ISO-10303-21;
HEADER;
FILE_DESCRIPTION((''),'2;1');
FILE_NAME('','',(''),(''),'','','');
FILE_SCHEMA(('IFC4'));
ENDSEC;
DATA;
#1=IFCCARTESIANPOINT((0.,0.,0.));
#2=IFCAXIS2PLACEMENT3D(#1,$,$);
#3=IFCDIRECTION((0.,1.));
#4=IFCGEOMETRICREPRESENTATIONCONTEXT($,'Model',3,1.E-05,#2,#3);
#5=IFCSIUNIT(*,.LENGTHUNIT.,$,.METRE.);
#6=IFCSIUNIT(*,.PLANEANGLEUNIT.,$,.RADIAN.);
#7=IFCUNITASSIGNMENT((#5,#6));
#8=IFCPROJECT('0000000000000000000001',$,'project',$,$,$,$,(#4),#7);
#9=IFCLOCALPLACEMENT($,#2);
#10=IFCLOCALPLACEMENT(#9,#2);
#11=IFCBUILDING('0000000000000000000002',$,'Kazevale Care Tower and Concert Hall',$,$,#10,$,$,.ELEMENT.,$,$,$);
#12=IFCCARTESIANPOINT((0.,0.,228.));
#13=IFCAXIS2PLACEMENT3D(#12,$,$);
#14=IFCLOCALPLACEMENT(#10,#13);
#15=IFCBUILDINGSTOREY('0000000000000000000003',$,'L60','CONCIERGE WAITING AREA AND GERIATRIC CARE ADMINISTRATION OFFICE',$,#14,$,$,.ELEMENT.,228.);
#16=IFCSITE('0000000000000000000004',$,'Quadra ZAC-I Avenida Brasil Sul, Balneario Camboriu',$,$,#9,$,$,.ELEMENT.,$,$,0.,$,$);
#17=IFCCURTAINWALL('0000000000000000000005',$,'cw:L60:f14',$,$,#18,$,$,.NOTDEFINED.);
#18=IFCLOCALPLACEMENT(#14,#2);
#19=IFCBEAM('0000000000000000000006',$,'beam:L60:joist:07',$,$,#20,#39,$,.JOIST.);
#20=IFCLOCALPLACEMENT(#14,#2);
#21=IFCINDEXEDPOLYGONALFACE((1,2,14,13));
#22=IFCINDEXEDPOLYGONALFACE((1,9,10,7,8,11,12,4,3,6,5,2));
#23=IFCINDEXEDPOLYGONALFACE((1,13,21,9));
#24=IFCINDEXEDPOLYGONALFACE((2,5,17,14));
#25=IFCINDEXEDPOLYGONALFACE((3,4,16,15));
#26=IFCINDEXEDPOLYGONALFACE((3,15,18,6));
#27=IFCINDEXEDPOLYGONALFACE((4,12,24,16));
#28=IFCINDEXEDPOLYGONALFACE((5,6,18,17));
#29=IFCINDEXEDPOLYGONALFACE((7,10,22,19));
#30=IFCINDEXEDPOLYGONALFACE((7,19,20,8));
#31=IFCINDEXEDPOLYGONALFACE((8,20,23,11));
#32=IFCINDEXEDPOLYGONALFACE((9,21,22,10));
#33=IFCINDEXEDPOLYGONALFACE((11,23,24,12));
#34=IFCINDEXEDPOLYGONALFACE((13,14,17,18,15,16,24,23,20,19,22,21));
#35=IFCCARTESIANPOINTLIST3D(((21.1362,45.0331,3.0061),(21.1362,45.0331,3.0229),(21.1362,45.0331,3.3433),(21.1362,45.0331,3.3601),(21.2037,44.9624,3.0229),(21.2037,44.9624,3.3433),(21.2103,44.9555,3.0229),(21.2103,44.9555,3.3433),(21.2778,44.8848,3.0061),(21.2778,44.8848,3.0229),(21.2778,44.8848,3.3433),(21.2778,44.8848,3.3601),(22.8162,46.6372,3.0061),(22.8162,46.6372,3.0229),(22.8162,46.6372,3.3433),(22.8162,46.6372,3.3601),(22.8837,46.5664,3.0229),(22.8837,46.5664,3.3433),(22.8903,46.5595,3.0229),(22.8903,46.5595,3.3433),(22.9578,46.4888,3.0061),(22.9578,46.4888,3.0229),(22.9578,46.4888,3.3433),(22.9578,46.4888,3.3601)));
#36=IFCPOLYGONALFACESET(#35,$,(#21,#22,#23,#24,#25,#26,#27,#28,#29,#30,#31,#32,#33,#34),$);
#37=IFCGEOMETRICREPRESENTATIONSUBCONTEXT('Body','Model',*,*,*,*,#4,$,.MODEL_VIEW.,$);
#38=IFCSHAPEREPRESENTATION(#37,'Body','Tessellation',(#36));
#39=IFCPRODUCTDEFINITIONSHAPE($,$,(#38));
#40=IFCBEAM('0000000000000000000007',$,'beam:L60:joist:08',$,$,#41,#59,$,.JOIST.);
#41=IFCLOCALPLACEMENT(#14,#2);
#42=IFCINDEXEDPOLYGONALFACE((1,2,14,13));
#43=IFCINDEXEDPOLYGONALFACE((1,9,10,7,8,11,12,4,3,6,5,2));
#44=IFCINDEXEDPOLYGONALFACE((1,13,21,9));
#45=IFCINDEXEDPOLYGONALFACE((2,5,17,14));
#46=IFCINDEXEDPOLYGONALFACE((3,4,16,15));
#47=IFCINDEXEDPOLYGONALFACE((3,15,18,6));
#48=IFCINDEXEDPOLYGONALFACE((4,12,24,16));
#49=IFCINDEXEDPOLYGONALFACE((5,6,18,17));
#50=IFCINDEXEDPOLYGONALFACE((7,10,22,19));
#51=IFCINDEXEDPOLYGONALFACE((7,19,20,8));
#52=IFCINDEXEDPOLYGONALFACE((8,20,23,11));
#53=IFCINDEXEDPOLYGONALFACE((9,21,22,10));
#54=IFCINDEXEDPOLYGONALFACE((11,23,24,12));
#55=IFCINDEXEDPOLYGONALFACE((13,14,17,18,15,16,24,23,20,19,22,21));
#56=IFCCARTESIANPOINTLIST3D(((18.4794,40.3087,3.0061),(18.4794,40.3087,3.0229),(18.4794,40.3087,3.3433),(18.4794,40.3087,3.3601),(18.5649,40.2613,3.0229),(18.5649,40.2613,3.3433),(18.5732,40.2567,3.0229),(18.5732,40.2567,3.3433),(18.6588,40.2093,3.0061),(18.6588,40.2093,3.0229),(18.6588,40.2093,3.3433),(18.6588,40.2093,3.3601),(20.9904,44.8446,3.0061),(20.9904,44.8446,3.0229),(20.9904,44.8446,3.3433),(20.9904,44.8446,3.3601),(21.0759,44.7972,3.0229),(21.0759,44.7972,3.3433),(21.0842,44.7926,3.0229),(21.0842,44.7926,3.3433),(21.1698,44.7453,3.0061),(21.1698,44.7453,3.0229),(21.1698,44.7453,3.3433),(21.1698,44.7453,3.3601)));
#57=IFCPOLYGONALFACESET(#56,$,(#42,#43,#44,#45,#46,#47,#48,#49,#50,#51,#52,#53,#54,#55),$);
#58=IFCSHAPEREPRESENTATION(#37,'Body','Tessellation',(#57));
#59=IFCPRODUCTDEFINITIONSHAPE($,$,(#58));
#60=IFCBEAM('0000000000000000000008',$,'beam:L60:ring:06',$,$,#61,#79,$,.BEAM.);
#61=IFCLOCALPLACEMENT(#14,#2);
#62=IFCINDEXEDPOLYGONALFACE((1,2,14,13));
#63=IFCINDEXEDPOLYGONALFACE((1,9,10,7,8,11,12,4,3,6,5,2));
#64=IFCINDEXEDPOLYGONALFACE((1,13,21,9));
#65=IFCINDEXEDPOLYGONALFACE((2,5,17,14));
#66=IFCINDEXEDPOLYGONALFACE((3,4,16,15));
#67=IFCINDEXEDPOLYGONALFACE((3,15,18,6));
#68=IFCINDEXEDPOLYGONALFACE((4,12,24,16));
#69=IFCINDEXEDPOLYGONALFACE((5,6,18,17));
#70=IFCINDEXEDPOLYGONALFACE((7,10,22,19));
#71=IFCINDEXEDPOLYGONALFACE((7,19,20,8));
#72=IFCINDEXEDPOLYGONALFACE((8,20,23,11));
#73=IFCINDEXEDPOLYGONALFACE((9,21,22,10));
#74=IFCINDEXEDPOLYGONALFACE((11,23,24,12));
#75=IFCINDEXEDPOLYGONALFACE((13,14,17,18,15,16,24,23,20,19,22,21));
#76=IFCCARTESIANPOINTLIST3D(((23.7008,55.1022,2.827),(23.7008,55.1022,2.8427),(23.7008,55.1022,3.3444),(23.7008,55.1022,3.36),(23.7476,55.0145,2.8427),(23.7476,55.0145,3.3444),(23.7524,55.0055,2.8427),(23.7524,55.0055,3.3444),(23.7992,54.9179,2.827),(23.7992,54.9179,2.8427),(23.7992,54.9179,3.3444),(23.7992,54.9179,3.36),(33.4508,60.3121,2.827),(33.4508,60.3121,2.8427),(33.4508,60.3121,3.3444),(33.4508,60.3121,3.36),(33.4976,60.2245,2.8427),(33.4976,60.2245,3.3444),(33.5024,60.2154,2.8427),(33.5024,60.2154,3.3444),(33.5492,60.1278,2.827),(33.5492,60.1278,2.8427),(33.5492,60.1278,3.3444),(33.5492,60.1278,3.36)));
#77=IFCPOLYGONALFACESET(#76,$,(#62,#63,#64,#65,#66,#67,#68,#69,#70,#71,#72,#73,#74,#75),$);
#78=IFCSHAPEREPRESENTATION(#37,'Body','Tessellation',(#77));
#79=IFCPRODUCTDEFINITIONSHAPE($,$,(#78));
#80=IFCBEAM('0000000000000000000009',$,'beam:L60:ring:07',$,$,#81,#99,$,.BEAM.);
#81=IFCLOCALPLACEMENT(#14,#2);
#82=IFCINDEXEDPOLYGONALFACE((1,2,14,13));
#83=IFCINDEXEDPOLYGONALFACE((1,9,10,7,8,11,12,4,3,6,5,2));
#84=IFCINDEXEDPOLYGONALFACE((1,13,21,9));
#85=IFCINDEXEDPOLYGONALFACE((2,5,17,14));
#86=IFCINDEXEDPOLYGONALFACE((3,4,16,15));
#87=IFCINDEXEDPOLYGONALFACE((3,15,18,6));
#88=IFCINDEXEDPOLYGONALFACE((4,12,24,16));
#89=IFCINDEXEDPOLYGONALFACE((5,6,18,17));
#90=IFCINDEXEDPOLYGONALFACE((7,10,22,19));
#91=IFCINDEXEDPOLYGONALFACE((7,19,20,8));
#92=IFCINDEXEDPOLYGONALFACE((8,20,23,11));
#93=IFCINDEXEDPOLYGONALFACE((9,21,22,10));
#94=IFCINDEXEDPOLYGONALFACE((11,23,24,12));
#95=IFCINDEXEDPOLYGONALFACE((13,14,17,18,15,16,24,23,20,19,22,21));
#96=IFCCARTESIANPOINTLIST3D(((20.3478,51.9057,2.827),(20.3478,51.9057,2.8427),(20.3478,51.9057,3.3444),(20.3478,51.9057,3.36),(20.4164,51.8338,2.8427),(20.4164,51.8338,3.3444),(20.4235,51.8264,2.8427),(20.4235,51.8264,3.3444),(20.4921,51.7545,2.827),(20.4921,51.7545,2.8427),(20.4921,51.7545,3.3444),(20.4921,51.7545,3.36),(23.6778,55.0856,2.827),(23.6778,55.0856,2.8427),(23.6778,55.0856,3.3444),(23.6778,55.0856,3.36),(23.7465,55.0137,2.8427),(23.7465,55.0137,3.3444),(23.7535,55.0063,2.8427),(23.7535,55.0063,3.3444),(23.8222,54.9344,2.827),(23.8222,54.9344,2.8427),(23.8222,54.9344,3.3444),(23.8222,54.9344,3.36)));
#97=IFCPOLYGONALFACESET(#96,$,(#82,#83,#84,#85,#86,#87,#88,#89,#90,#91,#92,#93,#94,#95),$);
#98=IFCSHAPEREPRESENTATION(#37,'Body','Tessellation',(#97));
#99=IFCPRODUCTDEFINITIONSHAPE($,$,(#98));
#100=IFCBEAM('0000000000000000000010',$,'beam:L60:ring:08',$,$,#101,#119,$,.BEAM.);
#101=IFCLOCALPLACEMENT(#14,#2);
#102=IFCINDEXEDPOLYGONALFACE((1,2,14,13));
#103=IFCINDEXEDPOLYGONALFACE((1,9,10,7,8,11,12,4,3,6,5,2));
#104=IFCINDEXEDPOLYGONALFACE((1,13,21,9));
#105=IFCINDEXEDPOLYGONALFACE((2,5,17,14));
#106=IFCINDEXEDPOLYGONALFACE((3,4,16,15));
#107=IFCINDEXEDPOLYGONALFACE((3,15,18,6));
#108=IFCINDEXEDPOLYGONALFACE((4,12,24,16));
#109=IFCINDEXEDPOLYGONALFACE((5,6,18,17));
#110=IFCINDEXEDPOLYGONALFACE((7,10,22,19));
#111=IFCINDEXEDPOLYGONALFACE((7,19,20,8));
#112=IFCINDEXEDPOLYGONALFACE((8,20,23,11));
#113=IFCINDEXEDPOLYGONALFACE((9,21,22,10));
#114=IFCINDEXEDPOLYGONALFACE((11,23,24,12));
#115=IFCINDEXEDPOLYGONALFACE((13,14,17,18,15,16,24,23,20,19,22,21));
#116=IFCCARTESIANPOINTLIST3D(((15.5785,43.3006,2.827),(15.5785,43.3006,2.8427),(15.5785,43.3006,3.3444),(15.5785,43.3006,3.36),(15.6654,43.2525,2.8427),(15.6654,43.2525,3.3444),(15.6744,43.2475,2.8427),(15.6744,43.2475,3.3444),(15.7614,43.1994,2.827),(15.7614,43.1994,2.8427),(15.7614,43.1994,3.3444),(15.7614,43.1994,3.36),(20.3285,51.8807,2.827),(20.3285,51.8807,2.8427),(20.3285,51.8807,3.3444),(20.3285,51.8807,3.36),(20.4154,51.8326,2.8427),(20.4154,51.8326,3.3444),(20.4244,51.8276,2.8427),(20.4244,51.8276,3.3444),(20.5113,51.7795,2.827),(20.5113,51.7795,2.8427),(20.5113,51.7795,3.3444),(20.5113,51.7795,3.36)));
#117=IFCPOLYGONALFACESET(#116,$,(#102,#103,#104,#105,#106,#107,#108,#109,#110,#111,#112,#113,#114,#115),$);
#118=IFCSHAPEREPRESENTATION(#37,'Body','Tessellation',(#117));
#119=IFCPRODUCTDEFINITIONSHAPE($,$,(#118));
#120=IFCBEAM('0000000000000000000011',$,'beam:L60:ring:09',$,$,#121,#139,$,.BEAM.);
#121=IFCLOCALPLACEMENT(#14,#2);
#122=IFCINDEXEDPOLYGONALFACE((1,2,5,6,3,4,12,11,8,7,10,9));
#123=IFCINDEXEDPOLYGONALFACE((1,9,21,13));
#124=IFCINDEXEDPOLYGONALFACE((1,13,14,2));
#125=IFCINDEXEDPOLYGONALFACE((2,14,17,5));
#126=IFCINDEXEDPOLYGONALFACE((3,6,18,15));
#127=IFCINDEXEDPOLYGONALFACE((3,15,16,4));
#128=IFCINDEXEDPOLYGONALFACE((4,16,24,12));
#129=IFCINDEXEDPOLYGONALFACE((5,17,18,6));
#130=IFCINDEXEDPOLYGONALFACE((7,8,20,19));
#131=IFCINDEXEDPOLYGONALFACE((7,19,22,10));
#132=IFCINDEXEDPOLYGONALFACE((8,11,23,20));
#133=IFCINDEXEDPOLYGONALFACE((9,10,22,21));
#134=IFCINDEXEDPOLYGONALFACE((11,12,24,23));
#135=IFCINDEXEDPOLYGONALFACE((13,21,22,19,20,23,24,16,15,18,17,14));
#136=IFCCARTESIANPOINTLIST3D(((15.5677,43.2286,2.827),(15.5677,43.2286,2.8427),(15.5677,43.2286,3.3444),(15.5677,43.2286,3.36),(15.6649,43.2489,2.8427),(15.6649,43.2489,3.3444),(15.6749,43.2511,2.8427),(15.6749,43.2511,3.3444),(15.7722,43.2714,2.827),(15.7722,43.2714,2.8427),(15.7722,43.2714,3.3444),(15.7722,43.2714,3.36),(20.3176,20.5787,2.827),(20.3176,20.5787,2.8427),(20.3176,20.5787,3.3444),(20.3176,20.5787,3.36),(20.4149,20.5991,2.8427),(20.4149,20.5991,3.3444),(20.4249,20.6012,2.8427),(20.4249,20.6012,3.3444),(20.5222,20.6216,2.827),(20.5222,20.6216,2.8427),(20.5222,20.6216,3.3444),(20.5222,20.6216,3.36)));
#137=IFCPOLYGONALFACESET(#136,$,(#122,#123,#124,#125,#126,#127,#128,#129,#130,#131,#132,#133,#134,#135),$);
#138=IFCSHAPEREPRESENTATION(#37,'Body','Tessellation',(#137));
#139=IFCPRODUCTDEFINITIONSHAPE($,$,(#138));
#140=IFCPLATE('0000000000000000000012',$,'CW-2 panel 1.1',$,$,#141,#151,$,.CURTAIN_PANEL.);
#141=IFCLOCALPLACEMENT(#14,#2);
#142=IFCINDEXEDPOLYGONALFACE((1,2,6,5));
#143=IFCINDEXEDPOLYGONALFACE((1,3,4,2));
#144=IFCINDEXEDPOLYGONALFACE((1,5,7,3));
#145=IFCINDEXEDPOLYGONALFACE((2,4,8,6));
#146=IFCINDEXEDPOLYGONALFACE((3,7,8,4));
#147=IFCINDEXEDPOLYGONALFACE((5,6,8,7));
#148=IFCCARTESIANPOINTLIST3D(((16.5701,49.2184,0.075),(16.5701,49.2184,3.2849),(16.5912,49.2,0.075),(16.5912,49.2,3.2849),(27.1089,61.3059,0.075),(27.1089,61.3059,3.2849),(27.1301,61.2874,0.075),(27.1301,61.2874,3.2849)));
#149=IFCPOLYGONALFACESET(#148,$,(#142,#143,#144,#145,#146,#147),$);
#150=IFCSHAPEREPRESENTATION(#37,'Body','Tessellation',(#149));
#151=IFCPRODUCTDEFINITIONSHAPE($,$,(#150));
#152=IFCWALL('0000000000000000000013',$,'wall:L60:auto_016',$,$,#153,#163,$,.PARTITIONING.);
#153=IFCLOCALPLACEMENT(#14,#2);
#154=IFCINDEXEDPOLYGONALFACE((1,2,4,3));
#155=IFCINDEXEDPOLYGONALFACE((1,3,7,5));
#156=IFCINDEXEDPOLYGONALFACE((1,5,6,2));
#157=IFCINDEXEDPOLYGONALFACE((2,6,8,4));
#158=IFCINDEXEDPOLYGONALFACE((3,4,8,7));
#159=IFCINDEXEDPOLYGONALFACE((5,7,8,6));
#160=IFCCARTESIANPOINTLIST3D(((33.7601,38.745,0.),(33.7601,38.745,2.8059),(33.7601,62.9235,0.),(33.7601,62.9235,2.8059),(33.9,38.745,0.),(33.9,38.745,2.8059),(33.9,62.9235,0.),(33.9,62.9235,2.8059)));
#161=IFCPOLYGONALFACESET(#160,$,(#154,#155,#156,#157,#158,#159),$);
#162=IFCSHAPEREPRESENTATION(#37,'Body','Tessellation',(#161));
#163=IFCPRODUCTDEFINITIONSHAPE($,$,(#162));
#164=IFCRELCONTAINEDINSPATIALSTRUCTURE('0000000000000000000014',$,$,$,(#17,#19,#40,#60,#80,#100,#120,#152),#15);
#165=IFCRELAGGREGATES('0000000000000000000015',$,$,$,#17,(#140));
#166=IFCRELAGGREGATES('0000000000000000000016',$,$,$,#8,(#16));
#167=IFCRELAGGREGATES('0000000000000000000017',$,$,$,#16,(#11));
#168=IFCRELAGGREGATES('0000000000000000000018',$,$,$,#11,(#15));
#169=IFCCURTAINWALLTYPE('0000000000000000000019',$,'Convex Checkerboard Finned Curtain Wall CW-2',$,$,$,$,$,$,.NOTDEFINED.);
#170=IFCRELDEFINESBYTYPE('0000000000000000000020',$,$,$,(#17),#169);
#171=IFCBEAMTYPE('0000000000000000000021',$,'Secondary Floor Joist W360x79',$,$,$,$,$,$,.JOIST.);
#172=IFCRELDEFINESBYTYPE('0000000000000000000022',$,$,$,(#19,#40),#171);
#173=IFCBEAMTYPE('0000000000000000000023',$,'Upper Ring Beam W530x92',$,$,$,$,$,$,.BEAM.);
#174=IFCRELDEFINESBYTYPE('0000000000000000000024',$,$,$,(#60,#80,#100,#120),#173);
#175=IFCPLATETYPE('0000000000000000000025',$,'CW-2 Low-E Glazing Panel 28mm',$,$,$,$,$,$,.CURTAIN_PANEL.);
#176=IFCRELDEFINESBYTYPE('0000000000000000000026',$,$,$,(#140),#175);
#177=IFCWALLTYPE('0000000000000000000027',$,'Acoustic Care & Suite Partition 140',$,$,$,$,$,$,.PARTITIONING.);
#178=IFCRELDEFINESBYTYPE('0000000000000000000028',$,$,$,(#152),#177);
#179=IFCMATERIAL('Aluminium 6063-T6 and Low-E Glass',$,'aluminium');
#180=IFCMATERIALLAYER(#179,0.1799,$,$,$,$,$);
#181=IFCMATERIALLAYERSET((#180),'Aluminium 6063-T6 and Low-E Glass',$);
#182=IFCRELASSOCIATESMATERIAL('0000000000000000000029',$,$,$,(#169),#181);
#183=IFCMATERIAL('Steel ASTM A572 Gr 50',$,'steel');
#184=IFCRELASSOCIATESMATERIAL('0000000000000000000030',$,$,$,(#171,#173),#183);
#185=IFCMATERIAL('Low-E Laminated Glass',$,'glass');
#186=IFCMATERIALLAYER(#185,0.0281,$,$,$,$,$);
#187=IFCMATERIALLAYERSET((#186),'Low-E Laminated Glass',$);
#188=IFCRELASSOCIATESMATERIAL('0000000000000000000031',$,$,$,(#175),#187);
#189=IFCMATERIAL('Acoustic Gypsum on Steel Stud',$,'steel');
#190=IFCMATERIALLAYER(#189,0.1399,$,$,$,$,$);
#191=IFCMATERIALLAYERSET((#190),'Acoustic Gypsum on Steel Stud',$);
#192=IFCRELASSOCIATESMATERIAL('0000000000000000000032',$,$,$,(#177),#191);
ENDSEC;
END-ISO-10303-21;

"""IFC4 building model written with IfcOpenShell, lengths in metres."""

from ifc_helpers import new_model, si_unit, direction, frame, frame_2d, origin, origin_2d, place, context, subcontext, project, spatial, rectangle, i_section, extrude, material, layer, layer_set, material_profile, profile_set, type_object, element, aggregate, save


model = new_model("IFC4")

# Units and contexts
model_context = context("Model", 3, precision=1e-05, world=origin(), true_north=direction((0.0, 1.0)))
body_context = subcontext(model_context, "Body", "Model", "MODEL_VIEW")
ifc_project = project(units=[si_unit("LENGTHUNIT", "METRE"), si_unit("PLANEANGLEUNIT", "RADIAN")], contexts=[model_context])

# Site, building, storey
site_placement = place(None, origin())
site = spatial("IfcSite", under=ifc_project, at=site_placement, Name="Quadra ZAC-I Avenida Brasil Sul, Balneario Camboriu", CompositionType="ELEMENT", RefElevation=0.0)
building_placement = place(site_placement, origin())
building = spatial("IfcBuilding", under=site, at=building_placement, Name="Kazevale Care Tower and Concert Hall", CompositionType="ELEMENT")
storey_placement = place(building_placement, frame((0.0, 0.0, 228.0)))
storey = spatial("IfcBuildingStorey", under=building, at=storey_placement, Name="L60", Description="CONCIERGE WAITING AREA AND GERIATRIC CARE ADMINISTRATION OFFICE", CompositionType="ELEMENT", Elevation=228.0)

# Curtain wall
ifc_material_1 = material(Name="Aluminium 6063-T6 and Low-E Glass", Category="aluminium")
ifc_layer_1 = layer(ifc_material_1, 0.1799)
ifc_layer_set_1 = layer_set([ifc_layer_1], Name="Aluminium 6063-T6 and Low-E Glass")
curtain_wall_type_1 = type_object("IfcCurtainWallType", Name="Convex Checkerboard Finned Curtain Wall CW-2", PredefinedType="NOTDEFINED", material=ifc_layer_set_1)
curtain_wall_1_placement = place(storey_placement, origin())
curtain_wall_1 = element("IfcCurtainWall", 1, at=curtain_wall_1_placement, inside=storey, type_object=curtain_wall_type_1, Name="cw:L60:f14", PredefinedType="NOTDEFINED")

# Beams
ifc_material_2 = material(Name="Steel ASTM A572 Gr 50", Category="steel")
ifc_material_profile_1 = material_profile(ifc_material_2, i_section(OverallWidth=0.2051, OverallDepth=0.354, WebThickness=0.0095, FlangeThickness=0.0168, at=origin_2d()), Name="W360x79")
ifc_profile_set_1 = profile_set([ifc_material_profile_1], Name="Steel ASTM A572 Gr 50")
beam_type_1 = type_object("IfcBeamType", Name="Secondary Floor Joist W360x79", PredefinedType="JOIST", material=ifc_profile_set_1)
beam_1_placement = place(storey_placement, frame((22.887, 46.563, 3.1831), z_axis=(-0.723262, -0.690573, 0.0), x_axis=(0.690573, -0.723262, 0.0)))
element("IfcBeam", 2, at=beam_1_placement, inside=storey, type_object=beam_type_1, Name="beam:L60:joist:07", PredefinedType="JOIST", context=body_context, shape_type="SweptSolid", body=[
    extrude(i_section(OverallWidth=0.2051, OverallDepth=0.354, WebThickness=0.0095, FlangeThickness=0.0168, at=origin_2d()), origin(), (0.0, 0.0, 1.0), 2.3228),
])
beam_2_placement = place(storey_placement, frame((21.0801, 44.7949, 3.1831), z_axis=(-0.484323, -0.874889, 0.0), x_axis=(0.874889, -0.484323, 0.0)))
element("IfcBeam", 3, at=beam_2_placement, inside=storey, type_object=beam_type_1, Name="beam:L60:joist:08", PredefinedType="JOIST", context=body_context, shape_type="SweptSolid", body=[
    extrude(i_section(OverallWidth=0.2051, OverallDepth=0.354, WebThickness=0.0095, FlangeThickness=0.0168, at=origin_2d()), origin(), (0.0, 0.0, 1.0), 5.1846),
])
ifc_material_profile_2 = material_profile(ifc_material_2, i_section(OverallWidth=0.209, OverallDepth=0.533, WebThickness=0.0103, FlangeThickness=0.0156, at=origin_2d()), Name="W530x92")
ifc_profile_set_2 = profile_set([ifc_material_profile_2], Name="Steel ASTM A572 Gr 50")
beam_type_2 = type_object("IfcBeamType", Name="Upper Ring Beam W530x92", PredefinedType="BEAM", material=ifc_profile_set_2)
beam_3_placement = place(storey_placement, frame((33.5, 60.22, 3.0935), z_axis=(-0.881979, -0.47129, 0.0), x_axis=(0.47129, -0.881979, 0.0)))
element("IfcBeam", 4, at=beam_3_placement, inside=storey, type_object=beam_type_2, Name="beam:L60:ring:06", PredefinedType="BEAM", context=body_context, shape_type="SweptSolid", body=[
    extrude(i_section(OverallWidth=0.209, OverallDepth=0.533, WebThickness=0.0103, FlangeThickness=0.0156, at=origin_2d()), origin(), (0.0, 0.0, 1.0), 11.0547),
])
beam_4_placement = place(storey_placement, frame((23.75, 55.01, 3.0935), z_axis=(-0.723223, -0.690614, 0.0), x_axis=(0.690614, -0.723223, 0.0)))
element("IfcBeam", 5, at=beam_4_placement, inside=storey, type_object=beam_type_2, Name="beam:L60:ring:07", PredefinedType="BEAM", context=body_context, shape_type="SweptSolid", body=[
    extrude(i_section(OverallWidth=0.209, OverallDepth=0.533, WebThickness=0.0103, FlangeThickness=0.0156, at=origin_2d()), origin(), (0.0, 0.0, 1.0), 4.6045),
])
beam_5_placement = place(storey_placement, frame((20.4199, 51.8301, 3.0935), z_axis=(-0.48434, -0.87488, 0.0), x_axis=(0.87488, -0.48434, 0.0)))
element("IfcBeam", 6, at=beam_5_placement, inside=storey, type_object=beam_type_2, Name="beam:L60:ring:08", PredefinedType="BEAM", context=body_context, shape_type="SweptSolid", body=[
    extrude(i_section(OverallWidth=0.209, OverallDepth=0.533, WebThickness=0.0103, FlangeThickness=0.0156, at=origin_2d()), origin(), (0.0, 0.0, 1.0), 9.8071),
])
beam_6_placement = place(storey_placement, frame((15.6699, 43.25, 3.0935), z_axis=(0.205249, -0.97871, 0.0), x_axis=(0.97871, 0.205249, 0.0)))
element("IfcBeam", 7, at=beam_6_placement, inside=storey, type_object=beam_type_2, Name="beam:L60:ring:09", PredefinedType="BEAM", context=body_context, shape_type="SweptSolid", body=[
    extrude(i_section(OverallWidth=0.209, OverallDepth=0.533, WebThickness=0.0103, FlangeThickness=0.0156, at=origin_2d()), origin(), (0.0, 0.0, 1.0), 23.1426),
])

# Plate
ifc_material_3 = material(Name="Low-E Laminated Glass", Category="glass")
ifc_layer_2 = layer(ifc_material_3, 0.0281)
ifc_layer_set_2 = layer_set([ifc_layer_2], Name="Low-E Laminated Glass")
plate_type = type_object("IfcPlateType", Name="CW-2 Low-E Glazing Panel 28mm", PredefinedType="CURTAIN_PANEL", material=ifc_layer_set_2)
plate_placement = place(storey_placement, frame((21.8501, 55.2529, 0.075), z_axis=(0.0, 0.0, 1.0), x_axis=(0.657175, 0.753738, 0.0)))
plate = element("IfcPlate", 8, at=plate_placement, type_object=plate_type, Name="CW-2 panel 1.1", PredefinedType="CURTAIN_PANEL", context=body_context, shape_type="SweptSolid", body=[
    extrude(rectangle(XDim=16.0366, YDim=0.0281, at=origin_2d()), origin(), (0.0, 0.0, 1.0), 3.21),
])
aggregate(curtain_wall_1, [plate])

# Wall
ifc_material_4 = material(Name="Acoustic Gypsum on Steel Stud", Category="steel")
ifc_layer_3 = layer(ifc_material_4, 0.1399)
ifc_layer_set_3 = layer_set([ifc_layer_3], Name="Acoustic Gypsum on Steel Stud")
wall_type_1 = type_object("IfcWallType", Name="Acoustic Care & Suite Partition 140", PredefinedType="PARTITIONING", material=ifc_layer_set_3)
wall_1_placement = place(storey_placement, frame((33.8301, 62.9236, 0.0), z_axis=(0.0, 0.0, 1.0), x_axis=(0.0, -1.0, 0.0)))
element("IfcWall", 9, at=wall_1_placement, inside=storey, type_object=wall_type_1, Name="wall:L60:auto_016", PredefinedType="PARTITIONING", context=body_context, shape_type="SweptSolid", body=[
    extrude(rectangle(XDim=24.1785, YDim=0.1399, at=frame_2d((12.0894, 0.0))), origin(), (0.0, 0.0, 1.0), 2.8059),
])

save(model, "model.ifc")
